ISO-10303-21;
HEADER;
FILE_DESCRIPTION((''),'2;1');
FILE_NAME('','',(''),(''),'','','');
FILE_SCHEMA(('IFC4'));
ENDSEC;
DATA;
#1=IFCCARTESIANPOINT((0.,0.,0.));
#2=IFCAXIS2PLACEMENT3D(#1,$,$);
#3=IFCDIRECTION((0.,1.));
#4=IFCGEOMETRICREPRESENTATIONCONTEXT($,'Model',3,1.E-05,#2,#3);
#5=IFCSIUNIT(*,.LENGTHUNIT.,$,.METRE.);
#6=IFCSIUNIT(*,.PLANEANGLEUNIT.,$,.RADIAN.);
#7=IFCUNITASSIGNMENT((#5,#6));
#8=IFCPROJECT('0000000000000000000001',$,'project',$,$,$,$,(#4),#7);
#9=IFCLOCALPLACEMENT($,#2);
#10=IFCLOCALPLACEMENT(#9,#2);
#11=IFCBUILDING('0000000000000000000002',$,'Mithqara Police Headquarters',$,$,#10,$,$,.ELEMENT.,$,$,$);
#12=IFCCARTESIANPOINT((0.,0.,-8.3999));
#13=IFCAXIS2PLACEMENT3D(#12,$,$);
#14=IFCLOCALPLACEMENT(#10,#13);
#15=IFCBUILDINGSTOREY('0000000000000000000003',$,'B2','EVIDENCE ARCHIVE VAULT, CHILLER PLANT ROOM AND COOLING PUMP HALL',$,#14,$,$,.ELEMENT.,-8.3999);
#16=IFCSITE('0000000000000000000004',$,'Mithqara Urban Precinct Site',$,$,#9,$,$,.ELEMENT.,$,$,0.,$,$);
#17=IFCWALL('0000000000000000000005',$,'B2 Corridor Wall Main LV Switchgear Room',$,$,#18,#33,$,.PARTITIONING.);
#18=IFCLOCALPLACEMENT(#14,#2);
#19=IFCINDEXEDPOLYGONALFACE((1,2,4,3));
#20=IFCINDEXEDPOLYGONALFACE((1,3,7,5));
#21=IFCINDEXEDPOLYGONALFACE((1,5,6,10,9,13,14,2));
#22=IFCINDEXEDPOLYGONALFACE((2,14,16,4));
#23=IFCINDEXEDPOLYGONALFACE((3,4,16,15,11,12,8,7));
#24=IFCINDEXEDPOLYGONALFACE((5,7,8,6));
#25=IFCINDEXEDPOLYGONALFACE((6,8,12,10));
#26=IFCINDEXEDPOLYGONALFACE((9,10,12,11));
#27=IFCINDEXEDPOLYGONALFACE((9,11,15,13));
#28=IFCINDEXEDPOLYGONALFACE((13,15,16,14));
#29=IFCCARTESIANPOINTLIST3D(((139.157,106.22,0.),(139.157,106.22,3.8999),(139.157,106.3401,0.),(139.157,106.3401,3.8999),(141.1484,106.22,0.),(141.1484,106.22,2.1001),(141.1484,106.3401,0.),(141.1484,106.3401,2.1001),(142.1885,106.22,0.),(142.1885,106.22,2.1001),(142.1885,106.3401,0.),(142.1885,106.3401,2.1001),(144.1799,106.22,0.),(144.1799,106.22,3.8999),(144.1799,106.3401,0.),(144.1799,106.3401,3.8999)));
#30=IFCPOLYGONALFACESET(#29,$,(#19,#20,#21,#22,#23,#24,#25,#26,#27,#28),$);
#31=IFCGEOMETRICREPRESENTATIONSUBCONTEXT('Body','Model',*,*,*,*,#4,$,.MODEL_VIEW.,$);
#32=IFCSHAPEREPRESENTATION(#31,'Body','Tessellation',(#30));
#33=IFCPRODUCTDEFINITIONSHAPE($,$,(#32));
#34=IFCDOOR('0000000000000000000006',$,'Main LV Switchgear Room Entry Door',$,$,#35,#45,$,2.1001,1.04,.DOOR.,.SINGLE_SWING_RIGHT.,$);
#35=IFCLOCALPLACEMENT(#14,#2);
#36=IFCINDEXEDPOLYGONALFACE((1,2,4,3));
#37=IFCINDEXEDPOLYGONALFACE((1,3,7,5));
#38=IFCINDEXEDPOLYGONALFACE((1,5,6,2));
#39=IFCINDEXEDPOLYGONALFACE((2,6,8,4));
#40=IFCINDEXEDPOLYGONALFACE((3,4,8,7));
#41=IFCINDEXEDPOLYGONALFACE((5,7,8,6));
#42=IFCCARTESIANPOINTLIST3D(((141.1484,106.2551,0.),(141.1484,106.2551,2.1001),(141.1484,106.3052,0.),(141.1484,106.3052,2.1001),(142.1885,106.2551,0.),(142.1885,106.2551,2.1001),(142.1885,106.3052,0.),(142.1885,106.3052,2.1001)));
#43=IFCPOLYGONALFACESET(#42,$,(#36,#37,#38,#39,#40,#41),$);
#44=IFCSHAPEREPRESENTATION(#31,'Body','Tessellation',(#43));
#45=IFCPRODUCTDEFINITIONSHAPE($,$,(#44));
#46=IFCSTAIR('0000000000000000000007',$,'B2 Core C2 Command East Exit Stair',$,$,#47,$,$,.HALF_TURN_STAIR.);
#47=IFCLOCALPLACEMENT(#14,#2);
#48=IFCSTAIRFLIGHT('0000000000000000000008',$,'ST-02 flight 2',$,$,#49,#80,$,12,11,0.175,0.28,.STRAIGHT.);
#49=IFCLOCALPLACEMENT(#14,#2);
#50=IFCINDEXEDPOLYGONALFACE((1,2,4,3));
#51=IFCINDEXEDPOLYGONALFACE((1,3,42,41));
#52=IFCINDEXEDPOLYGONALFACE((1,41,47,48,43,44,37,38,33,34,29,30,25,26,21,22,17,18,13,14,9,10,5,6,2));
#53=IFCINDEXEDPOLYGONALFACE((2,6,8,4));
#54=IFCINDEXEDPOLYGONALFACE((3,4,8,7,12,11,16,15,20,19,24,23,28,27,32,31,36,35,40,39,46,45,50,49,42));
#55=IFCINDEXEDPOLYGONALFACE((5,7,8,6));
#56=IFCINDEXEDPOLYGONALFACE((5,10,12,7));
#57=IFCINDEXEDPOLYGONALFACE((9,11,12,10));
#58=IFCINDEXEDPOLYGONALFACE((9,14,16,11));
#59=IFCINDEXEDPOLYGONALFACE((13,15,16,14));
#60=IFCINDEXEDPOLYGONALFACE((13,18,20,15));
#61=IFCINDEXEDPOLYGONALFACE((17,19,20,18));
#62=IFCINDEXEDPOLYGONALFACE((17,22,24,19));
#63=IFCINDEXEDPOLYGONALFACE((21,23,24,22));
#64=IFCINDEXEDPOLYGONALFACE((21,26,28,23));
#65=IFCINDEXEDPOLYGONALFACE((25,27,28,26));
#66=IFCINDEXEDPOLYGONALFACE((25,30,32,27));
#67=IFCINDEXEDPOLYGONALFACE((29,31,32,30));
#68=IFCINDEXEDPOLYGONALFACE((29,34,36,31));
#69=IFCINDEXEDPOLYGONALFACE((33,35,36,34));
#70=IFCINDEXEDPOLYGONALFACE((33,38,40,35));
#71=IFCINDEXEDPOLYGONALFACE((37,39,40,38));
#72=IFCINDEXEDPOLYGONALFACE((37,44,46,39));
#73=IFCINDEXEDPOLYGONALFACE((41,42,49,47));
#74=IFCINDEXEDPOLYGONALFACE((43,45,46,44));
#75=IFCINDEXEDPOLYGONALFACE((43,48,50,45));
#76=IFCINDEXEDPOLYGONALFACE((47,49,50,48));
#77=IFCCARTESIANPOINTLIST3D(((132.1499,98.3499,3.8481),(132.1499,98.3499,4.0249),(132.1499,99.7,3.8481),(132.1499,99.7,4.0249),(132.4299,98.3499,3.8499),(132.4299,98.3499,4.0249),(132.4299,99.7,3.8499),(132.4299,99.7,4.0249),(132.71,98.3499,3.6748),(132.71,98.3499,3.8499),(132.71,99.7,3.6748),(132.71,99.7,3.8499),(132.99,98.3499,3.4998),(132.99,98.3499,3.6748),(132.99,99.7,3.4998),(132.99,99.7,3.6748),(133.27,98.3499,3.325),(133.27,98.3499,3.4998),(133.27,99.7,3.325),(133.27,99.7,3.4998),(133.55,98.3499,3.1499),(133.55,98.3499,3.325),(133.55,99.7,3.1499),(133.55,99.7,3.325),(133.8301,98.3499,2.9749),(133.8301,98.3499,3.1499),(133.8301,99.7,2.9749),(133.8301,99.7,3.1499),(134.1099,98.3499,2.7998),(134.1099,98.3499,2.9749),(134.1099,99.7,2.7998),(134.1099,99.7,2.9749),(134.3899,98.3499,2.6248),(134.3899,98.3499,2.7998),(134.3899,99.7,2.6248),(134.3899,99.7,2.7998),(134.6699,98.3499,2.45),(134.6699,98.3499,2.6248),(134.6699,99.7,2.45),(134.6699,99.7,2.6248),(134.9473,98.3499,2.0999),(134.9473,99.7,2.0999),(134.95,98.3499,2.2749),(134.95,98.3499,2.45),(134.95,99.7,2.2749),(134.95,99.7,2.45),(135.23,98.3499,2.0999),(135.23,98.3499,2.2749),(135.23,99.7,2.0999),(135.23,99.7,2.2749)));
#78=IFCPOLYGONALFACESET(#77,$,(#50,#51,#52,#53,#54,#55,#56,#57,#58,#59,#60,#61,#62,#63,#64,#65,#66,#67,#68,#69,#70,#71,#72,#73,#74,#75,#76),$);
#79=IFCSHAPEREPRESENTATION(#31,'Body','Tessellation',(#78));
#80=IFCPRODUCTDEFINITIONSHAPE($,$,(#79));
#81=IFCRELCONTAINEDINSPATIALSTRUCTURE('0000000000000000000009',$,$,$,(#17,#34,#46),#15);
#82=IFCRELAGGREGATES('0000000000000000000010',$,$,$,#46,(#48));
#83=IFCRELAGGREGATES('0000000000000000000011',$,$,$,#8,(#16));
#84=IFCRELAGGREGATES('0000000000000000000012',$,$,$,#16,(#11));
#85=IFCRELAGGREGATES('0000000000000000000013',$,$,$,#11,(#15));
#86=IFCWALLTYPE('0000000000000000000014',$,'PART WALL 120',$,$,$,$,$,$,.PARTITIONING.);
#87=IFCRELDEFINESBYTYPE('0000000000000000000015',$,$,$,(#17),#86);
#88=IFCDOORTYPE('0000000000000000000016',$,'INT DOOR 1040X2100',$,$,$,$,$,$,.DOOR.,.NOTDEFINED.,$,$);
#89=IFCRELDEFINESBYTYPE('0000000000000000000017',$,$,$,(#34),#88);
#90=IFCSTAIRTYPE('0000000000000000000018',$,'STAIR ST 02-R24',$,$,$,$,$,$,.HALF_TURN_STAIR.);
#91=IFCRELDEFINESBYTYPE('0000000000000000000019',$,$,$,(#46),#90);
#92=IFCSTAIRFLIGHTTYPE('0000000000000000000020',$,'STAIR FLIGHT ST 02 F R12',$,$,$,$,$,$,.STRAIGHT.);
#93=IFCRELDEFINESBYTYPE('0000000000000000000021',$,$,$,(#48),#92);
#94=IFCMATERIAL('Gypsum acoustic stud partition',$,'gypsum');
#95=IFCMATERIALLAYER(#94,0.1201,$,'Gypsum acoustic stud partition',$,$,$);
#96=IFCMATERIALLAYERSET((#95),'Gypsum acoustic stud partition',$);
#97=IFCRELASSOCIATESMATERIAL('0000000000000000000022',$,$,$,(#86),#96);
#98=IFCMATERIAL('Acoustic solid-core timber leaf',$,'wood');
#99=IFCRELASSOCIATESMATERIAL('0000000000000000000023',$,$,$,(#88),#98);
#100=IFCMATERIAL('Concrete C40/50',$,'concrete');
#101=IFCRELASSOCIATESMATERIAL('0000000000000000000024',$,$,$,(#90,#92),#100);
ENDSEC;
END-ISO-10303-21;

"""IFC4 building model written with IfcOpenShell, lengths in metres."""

from ifc_helpers import new_model, si_unit, direction, frame, frame_2d, origin, place, context, subcontext, project, spatial, polyline, rectangle, outline, extrude, material, layer, layer_set, type_object, element, fill, aggregate, save


model = new_model("IFC4")

# Units and contexts
model_context = context("Model", 3, precision=1e-05, world=origin(), true_north=direction((0.0, 1.0)))
body_context = subcontext(model_context, "Body", "Model", "MODEL_VIEW")
ifc_project = project(units=[si_unit("LENGTHUNIT", "METRE"), si_unit("PLANEANGLEUNIT", "RADIAN")], contexts=[model_context])

# Site, building, storey
site_placement = place(None, origin())
site = spatial("IfcSite", under=ifc_project, at=site_placement, Name="Mithqara Urban Precinct Site", CompositionType="ELEMENT", RefElevation=0.0)
building_placement = place(site_placement, origin())
building = spatial("IfcBuilding", under=site, at=building_placement, Name="Mithqara Police Headquarters", CompositionType="ELEMENT")
storey_placement = place(building_placement, frame((0.0, 0.0, -8.3999)))
storey = spatial("IfcBuildingStorey", under=building, at=storey_placement, Name="B2", Description="EVIDENCE ARCHIVE VAULT, CHILLER PLANT ROOM AND COOLING PUMP HALL", CompositionType="ELEMENT", Elevation=-8.3999)

# Shared definitions
ifc_material_1 = material(Name="Concrete C40/50", Category="concrete")

# Shared definitions
ifc_material_2 = material(Name="Gypsum acoustic stud partition", Category="gypsum")
ifc_layer = layer(ifc_material_2, 0.1201, Name="Gypsum acoustic stud partition")
ifc_layer_set = layer_set([ifc_layer], Name="Gypsum acoustic stud partition")
wall_type = type_object("IfcWallType", Name="PART WALL 120", PredefinedType="PARTITIONING", material=ifc_layer_set)

# Shared definitions
ifc_material_3 = material(Name="Acoustic solid-core timber leaf", Category="wood")

# Wall, opening, door
wall_1_placement = place(storey_placement, frame((139.157, 106.28, 0.0), z_axis=(0.0, 0.0, 1.0), x_axis=(1.0, 0.0, 0.0)))
wall_1 = element("IfcWall", 1, at=wall_1_placement, inside=storey, type_object=wall_type, Name="B2 Corridor Wall Main LV Switchgear Room", PredefinedType="PARTITIONING", context=body_context, shape_type="SweptSolid", body=[
    extrude(rectangle(XDim=5.0229, YDim=0.1201, at=frame_2d((2.5115, 0.0))), origin(), (0.0, 0.0, 1.0), 3.8999),
])
opening_1_placement = place(wall_1_placement, frame((1.9915, 0.0, 0.0)))
opening_1 = element("IfcOpeningElement", 2, at=opening_1_placement, cuts=wall_1, PredefinedType="OPENING", context=body_context, shape_type="SweptSolid", body=[
    extrude(rectangle(XDim=1.04, YDim=2.1001, at=frame_2d((0.52, 1.05))), frame((0.0, 0.0701, 0.0), z_axis=(0.0, -1.0, 0.0), x_axis=(1.0, 0.0, 0.0)), (0.0, 0.0, 1.0), 0.1401),
])
door_type_1 = type_object("IfcDoorType", Name="INT DOOR 1040X2100", OperationType="NOTDEFINED", PredefinedType="DOOR", material=ifc_material_3)
door_1_placement = place(opening_1_placement, frame((1.04, 0.0, 0.0), z_axis=(0.0, 0.0, 1.0), x_axis=(-1.0, 0.0, 0.0)))
door_1 = element("IfcDoor", 3, at=door_1_placement, inside=storey, type_object=door_type_1, Name="Main LV Switchgear Room Entry Door", OperationType="SINGLE_SWING_RIGHT", OverallHeight=2.1001, OverallWidth=1.04, PredefinedType="DOOR", context=body_context, shape_type="SweptSolid", body=[
    extrude(rectangle(XDim=1.04, YDim=2.1001, at=frame_2d((0.52, 1.05))), frame((0.0, 0.0249, 0.0), z_axis=(0.0, -1.0, 0.0), x_axis=(1.0, 0.0, 0.0)), (0.0, 0.0, 1.0), 0.05),
])
fill(opening_1, door_1)

# Stair, stair flight
stair_type = type_object("IfcStairType", Name="STAIR ST 02-R24", PredefinedType="HALF_TURN_STAIR", material=ifc_material_1)
stair_placement = place(storey_placement, origin())
stair = element("IfcStair", 4, at=stair_placement, inside=storey, type_object=stair_type, Name="B2 Core C2 Command East Exit Stair", PredefinedType="HALF_TURN_STAIR")
stair_flight_type = type_object("IfcStairFlightType", Name="STAIR FLIGHT ST 02 F R12", PredefinedType="STRAIGHT", material=ifc_material_1)
stair_flight_placement = place(storey_placement, frame((135.23, 99.0249, 2.0999), z_axis=(0.0, 0.0, 1.0), x_axis=(-1.0, 0.0, 0.0)))
stair_flight = element("IfcStairFlight", 5, at=stair_flight_placement, type_object=stair_flight_type, Name="ST-02 flight 2", NumberOfRisers=12, NumberOfTreads=11, PredefinedType="STRAIGHT", RiserHeight=0.175, TreadLength=0.28, context=body_context, shape_type="SweptSolid", body=[
    extrude(outline(polyline([(0.0, 0.0), (0.0, 0.175), (0.28, 0.175), (0.28, 0.3501), (0.5601, 0.3501), (0.5601, 0.5249), (0.8401, 0.5249), (0.8401, 0.7), (1.1201, 0.7), (1.1201, 0.875), (1.3999, 0.875), (1.3999, 1.05), (1.6799, 1.05), (1.6799, 1.2251), (1.96, 1.2251), (1.96, 1.3999), (2.24, 1.3999), (2.24, 1.575), (2.52, 1.575), (2.52, 1.75), (2.8, 1.75), (2.8, 1.925), (3.0801, 1.925), (3.0801, 2.1001), (3.0801, 1.7483), (0.2827, 0.0), (0.0, 0.0)])), frame((0.0, 0.675, 0.0), z_axis=(0.0, -1.0, 0.0), x_axis=(1.0, 0.0, 0.0)), (0.0, 0.0, 1.0), 1.3501),
])
aggregate(stair, [stair_flight])

save(model, "model.ifc")
